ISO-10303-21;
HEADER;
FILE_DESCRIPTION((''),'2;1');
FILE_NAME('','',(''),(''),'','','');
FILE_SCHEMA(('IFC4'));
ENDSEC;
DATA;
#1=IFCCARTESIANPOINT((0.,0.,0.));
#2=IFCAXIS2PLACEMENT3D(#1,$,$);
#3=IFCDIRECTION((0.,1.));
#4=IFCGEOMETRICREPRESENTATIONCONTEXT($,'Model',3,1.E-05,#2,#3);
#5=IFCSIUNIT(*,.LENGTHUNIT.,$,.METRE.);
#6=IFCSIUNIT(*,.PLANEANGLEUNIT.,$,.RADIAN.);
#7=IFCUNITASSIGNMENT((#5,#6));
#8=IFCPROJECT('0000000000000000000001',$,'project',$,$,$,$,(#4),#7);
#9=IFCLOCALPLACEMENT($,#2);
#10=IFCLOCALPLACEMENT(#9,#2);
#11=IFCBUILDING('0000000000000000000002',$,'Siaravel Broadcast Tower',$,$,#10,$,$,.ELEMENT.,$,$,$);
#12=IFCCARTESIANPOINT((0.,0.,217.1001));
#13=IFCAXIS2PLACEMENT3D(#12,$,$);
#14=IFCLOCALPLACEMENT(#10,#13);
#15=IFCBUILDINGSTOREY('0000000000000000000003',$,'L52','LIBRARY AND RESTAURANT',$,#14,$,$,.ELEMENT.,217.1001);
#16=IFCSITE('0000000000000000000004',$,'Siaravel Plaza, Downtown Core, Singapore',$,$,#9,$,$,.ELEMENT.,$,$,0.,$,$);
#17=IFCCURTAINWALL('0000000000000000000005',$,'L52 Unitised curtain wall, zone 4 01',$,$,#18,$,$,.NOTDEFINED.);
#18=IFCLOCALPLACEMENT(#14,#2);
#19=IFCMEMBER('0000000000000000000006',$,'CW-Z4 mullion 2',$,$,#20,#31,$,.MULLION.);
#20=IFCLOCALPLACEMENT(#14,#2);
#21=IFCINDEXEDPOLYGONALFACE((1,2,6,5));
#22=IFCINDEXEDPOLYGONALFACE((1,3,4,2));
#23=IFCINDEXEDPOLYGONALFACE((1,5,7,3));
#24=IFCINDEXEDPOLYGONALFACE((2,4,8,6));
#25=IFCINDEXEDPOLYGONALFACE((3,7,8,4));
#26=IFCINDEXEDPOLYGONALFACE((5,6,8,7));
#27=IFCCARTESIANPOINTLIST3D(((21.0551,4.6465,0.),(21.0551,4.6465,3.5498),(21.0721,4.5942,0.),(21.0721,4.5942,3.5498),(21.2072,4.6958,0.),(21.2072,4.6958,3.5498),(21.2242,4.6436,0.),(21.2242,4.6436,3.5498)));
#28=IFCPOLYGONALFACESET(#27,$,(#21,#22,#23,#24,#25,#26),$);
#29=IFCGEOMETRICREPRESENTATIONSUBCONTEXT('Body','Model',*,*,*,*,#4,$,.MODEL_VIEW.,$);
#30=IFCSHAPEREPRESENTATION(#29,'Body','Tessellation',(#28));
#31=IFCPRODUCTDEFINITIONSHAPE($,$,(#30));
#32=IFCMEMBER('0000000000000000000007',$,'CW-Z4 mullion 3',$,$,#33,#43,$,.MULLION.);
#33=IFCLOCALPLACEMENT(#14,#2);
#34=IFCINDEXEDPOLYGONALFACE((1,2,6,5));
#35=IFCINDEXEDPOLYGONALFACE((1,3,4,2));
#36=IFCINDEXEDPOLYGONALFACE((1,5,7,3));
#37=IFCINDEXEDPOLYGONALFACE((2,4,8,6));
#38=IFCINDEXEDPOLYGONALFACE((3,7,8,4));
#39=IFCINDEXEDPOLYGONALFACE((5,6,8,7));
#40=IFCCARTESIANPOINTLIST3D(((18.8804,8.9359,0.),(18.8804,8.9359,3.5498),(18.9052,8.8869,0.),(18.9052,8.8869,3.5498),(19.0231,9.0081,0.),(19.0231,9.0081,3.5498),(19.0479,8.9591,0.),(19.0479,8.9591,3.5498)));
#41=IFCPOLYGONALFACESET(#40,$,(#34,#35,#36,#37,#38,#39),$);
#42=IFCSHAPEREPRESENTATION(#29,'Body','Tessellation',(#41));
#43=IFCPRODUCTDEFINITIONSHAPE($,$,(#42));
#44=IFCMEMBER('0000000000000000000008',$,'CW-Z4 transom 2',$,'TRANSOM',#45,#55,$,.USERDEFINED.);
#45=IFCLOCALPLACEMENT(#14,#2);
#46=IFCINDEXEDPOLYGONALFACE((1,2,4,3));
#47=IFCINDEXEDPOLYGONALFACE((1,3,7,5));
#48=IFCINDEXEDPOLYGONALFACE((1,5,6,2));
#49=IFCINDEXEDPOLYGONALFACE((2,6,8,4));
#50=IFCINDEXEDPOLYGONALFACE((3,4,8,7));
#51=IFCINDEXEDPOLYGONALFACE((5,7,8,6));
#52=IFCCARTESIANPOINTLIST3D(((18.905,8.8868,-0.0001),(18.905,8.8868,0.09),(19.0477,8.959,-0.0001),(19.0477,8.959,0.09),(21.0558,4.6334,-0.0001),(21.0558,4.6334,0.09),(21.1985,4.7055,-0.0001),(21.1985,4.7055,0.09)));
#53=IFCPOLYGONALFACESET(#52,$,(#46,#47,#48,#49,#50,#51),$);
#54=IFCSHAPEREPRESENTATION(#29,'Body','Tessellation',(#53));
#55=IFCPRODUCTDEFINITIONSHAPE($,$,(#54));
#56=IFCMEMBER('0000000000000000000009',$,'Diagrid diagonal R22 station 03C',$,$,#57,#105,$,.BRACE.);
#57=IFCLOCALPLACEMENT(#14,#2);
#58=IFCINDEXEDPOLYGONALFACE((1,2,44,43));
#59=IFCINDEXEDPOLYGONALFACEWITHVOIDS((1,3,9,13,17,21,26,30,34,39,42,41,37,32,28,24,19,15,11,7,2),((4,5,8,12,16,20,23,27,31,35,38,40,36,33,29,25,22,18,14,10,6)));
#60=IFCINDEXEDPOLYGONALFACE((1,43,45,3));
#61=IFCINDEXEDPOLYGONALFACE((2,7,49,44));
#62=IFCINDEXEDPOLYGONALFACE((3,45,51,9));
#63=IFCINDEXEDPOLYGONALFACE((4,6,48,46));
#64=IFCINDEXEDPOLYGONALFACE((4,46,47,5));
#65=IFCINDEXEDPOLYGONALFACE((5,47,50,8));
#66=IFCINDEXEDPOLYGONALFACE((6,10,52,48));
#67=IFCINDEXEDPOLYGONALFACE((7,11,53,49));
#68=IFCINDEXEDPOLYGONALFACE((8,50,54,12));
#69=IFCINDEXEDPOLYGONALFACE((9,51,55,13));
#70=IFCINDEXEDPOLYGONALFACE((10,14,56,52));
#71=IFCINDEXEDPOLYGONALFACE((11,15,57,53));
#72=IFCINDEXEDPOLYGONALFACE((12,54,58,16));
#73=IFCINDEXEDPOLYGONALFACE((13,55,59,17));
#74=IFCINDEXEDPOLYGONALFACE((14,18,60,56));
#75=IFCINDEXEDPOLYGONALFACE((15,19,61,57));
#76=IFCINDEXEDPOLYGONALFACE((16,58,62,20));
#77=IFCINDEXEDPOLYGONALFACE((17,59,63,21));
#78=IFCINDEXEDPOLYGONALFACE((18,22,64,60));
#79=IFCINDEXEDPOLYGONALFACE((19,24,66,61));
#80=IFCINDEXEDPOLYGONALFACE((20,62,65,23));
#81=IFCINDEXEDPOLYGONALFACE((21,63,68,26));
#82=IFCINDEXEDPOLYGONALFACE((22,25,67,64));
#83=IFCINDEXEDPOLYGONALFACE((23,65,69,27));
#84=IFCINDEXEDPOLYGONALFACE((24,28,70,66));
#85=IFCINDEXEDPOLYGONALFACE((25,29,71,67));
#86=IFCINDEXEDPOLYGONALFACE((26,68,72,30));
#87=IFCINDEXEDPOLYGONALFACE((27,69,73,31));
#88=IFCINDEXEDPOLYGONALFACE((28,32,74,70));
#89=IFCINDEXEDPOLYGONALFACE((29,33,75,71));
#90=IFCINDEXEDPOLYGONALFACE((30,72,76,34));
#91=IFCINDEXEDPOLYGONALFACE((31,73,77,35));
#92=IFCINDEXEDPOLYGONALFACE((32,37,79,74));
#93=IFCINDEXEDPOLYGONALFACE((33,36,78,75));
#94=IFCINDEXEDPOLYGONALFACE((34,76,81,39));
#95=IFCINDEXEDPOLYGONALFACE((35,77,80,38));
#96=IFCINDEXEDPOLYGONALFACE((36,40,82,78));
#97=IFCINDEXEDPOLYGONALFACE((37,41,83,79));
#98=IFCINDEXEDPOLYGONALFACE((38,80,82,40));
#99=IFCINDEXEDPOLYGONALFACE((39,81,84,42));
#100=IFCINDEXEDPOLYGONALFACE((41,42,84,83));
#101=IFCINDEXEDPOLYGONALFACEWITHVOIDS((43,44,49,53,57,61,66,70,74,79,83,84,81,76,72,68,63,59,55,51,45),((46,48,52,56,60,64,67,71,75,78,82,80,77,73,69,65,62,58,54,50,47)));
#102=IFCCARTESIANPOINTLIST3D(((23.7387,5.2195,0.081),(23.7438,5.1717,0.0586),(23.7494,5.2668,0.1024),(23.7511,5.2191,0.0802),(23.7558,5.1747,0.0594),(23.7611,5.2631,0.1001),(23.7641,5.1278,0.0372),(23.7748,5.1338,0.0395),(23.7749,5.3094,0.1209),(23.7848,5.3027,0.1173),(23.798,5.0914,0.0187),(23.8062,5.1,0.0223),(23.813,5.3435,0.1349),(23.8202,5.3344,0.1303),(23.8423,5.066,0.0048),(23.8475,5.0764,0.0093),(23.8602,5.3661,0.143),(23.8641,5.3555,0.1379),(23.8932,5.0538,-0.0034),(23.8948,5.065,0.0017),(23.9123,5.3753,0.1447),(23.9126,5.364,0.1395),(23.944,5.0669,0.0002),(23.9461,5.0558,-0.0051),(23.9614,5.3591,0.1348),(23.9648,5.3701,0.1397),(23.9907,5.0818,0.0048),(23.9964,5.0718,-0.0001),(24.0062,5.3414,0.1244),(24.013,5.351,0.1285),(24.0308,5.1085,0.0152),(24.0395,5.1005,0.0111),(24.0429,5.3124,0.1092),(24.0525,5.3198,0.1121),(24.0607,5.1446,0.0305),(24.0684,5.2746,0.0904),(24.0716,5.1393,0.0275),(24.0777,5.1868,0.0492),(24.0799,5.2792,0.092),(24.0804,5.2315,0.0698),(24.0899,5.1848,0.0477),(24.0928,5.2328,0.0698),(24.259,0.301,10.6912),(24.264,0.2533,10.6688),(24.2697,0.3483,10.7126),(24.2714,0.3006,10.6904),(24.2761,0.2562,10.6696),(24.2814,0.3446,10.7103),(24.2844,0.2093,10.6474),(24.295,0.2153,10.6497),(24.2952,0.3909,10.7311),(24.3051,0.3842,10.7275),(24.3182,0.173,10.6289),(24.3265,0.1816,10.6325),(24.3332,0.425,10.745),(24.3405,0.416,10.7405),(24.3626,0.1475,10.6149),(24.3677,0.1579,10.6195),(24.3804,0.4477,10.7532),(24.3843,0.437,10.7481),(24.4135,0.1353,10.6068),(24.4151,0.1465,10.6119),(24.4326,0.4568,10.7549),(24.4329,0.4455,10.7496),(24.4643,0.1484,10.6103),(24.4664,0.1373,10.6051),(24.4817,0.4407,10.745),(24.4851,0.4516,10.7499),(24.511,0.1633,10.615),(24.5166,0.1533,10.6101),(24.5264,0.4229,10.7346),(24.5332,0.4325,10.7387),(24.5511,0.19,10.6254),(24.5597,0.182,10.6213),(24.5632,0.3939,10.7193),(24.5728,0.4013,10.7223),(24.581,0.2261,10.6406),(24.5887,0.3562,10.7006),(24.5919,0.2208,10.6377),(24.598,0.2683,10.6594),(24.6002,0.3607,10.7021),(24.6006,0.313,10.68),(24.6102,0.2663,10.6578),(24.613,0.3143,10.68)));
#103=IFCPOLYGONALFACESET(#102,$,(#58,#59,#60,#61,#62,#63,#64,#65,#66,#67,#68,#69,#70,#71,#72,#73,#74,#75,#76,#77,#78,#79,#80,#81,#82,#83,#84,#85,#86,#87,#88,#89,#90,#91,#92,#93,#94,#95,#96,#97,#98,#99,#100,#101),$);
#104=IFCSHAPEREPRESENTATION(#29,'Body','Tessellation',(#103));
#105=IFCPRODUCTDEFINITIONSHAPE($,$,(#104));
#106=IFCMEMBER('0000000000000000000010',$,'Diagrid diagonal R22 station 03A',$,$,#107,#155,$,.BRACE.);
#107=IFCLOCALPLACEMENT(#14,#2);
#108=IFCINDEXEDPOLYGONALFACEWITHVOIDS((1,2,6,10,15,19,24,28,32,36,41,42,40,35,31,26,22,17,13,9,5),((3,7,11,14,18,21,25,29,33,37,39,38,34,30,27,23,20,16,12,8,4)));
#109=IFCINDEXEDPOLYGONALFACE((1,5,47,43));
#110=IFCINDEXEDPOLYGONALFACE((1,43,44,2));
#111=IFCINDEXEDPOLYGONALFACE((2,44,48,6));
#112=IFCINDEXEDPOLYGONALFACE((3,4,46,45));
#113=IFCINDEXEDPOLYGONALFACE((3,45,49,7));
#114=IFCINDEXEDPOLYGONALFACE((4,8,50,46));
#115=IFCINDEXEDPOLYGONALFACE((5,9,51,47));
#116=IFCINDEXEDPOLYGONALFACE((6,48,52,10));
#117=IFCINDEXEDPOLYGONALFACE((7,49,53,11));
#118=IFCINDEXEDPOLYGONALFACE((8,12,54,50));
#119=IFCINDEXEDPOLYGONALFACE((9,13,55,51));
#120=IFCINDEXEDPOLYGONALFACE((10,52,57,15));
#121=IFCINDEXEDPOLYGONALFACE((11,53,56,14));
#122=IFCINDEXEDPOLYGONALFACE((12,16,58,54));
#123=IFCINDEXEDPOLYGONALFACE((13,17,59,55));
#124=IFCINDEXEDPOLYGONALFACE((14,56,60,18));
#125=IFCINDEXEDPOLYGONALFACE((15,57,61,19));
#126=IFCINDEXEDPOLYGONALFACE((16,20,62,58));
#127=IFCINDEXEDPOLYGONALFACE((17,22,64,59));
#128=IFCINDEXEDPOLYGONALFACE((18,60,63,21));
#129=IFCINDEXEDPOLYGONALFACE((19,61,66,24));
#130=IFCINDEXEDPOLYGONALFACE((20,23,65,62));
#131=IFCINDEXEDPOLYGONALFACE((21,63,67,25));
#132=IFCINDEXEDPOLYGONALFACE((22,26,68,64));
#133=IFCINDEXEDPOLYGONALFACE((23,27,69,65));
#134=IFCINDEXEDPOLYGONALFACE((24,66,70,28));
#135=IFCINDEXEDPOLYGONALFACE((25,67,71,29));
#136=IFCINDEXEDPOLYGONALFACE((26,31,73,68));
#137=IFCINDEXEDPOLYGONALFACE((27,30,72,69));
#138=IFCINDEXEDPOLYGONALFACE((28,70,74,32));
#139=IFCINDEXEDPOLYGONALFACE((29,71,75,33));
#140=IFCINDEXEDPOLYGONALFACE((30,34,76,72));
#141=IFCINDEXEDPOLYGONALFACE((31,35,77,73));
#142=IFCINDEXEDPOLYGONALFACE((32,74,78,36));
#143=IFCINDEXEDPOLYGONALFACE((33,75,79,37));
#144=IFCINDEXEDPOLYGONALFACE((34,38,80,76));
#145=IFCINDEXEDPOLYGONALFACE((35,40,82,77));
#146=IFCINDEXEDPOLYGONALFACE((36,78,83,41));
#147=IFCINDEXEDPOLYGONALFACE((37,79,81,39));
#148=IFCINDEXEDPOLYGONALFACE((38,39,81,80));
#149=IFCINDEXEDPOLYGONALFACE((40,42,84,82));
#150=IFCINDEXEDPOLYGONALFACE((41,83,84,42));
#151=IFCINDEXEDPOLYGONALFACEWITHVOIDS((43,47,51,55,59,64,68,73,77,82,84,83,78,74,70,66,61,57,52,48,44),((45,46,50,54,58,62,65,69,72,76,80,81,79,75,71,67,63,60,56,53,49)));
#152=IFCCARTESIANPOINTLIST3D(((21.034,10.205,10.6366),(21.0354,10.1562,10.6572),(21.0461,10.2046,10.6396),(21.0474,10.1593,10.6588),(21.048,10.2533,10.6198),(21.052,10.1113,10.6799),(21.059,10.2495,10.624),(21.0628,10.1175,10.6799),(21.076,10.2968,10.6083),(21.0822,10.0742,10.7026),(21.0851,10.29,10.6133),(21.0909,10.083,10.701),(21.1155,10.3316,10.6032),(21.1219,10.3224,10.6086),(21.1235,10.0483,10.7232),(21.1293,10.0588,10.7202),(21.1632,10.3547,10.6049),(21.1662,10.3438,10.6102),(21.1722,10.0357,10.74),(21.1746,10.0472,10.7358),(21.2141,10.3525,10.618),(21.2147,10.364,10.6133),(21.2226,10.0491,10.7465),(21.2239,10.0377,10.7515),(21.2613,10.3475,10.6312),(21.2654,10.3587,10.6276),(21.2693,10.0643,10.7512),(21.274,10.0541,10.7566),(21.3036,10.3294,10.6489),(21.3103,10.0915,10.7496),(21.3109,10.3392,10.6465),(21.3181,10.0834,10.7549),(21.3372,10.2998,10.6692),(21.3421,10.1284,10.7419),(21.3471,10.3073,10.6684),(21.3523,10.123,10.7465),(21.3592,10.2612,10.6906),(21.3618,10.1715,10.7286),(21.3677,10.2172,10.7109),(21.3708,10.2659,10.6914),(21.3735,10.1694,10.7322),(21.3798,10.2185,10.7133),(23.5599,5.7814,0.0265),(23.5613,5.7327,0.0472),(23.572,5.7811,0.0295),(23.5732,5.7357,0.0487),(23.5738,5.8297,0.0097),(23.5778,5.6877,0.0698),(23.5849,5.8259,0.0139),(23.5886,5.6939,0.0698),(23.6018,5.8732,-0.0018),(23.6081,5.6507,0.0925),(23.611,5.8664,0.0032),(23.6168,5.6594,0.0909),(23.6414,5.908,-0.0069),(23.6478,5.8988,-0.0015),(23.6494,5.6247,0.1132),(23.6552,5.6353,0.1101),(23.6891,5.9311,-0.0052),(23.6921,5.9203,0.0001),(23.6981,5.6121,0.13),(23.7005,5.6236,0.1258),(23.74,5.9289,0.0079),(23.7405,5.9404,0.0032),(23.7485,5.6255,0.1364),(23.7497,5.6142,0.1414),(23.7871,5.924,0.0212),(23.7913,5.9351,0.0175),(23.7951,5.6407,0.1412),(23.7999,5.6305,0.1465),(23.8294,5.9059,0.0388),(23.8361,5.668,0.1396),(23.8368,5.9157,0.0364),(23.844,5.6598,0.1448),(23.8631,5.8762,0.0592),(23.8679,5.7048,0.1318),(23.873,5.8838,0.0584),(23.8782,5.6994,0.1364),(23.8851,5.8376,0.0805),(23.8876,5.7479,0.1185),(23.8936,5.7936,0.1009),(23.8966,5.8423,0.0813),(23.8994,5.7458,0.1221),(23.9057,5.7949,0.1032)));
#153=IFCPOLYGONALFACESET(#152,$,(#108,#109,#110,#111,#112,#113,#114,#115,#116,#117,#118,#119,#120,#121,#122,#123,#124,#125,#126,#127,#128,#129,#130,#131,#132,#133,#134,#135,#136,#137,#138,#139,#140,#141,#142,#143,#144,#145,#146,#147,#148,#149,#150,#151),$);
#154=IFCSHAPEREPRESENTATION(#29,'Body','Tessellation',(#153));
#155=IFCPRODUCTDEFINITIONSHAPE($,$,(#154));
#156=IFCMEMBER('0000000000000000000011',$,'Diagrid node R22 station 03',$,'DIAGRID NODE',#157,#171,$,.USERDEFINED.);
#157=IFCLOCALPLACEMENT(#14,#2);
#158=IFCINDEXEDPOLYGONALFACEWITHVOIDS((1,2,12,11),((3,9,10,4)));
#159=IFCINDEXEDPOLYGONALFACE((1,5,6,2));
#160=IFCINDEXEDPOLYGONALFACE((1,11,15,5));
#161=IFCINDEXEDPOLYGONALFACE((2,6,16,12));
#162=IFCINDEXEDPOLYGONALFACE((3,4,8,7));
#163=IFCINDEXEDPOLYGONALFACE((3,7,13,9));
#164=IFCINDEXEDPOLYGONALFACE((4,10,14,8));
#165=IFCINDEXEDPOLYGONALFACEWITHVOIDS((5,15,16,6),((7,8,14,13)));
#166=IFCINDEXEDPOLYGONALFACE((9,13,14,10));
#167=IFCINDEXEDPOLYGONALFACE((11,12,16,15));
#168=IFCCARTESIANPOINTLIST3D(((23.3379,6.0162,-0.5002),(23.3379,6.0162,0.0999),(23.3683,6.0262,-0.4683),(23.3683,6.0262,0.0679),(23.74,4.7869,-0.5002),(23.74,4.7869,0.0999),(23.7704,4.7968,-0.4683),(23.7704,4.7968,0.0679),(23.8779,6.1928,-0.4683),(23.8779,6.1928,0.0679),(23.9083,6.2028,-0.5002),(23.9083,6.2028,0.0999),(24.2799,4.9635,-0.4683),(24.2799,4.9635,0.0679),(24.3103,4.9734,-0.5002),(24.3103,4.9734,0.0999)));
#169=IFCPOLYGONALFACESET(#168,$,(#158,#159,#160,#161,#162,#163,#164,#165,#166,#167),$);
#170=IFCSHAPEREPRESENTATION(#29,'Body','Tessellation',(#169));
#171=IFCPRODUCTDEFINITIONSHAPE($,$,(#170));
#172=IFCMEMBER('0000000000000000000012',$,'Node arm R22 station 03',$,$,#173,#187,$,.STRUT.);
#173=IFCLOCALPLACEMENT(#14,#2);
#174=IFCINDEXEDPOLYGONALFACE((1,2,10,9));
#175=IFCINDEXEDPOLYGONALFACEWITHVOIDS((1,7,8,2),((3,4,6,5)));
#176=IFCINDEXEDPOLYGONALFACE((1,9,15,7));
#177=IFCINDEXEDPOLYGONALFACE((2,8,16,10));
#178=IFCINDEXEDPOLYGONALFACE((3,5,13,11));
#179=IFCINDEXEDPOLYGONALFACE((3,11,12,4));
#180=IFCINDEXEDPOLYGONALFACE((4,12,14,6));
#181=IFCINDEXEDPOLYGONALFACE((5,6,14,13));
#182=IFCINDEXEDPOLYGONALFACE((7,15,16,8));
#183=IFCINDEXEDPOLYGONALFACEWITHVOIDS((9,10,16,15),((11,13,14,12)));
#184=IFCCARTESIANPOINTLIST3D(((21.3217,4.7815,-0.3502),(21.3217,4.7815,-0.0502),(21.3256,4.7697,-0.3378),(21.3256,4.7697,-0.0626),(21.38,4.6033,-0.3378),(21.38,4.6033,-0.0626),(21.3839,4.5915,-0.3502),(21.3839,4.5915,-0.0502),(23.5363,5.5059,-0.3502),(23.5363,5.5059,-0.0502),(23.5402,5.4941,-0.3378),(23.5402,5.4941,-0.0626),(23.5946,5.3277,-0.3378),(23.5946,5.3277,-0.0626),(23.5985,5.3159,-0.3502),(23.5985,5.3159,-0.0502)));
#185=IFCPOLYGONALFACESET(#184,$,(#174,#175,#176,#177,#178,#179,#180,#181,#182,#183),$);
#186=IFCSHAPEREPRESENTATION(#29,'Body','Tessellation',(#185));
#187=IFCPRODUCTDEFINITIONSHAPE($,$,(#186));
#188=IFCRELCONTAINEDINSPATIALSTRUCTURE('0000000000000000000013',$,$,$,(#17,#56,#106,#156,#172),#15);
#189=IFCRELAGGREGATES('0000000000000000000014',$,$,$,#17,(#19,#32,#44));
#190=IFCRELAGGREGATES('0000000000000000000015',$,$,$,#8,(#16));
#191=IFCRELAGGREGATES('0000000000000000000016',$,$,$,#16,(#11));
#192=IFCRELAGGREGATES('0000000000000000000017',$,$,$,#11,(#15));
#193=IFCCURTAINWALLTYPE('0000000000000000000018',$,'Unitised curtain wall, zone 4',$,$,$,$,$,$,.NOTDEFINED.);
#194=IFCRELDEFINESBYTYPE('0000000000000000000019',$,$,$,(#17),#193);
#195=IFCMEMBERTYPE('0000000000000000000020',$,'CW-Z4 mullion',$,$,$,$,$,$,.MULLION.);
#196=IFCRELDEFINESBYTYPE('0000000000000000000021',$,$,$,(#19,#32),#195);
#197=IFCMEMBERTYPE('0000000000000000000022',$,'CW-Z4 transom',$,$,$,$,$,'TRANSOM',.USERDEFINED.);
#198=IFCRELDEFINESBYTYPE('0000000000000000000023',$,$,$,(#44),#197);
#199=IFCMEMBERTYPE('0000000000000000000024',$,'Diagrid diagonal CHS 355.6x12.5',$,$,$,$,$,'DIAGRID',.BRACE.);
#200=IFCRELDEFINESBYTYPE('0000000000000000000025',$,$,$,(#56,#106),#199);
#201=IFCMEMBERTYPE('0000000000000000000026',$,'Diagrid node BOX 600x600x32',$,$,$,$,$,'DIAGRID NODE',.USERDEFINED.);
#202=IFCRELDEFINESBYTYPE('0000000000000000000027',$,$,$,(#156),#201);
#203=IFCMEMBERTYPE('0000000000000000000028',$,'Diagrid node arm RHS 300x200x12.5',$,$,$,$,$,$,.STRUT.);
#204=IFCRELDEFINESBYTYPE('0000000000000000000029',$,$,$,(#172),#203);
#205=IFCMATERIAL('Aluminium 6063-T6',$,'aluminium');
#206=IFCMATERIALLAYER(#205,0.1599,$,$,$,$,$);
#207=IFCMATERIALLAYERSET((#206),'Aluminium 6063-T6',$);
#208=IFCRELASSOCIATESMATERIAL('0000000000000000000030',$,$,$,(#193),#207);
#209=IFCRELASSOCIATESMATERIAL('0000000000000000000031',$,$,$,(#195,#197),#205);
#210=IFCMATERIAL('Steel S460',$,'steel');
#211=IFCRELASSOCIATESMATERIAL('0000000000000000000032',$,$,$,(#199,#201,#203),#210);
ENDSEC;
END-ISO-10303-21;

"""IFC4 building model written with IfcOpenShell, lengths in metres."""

from ifc_helpers import new_model, si_unit, direction, frame, origin, origin_2d, place, context, subcontext, project, spatial, rectangle, hollow_rectangle, hollow_circle, extrude, material, layer, layer_set, material_profile, profile_set, type_object, element, aggregate, save


model = new_model("IFC4")

# Units and contexts
model_context = context("Model", 3, precision=1e-05, world=origin(), true_north=direction((0.0, 1.0)))
body_context = subcontext(model_context, "Body", "Model", "MODEL_VIEW")
ifc_project = project(units=[si_unit("LENGTHUNIT", "METRE"), si_unit("PLANEANGLEUNIT", "RADIAN")], contexts=[model_context])

# Site, building, storey
site_placement = place(None, origin())
site = spatial("IfcSite", under=ifc_project, at=site_placement, Name="Siaravel Plaza, Downtown Core, Singapore", CompositionType="ELEMENT", RefElevation=0.0)
building_placement = place(site_placement, origin())
building = spatial("IfcBuilding", under=site, at=building_placement, Name="Siaravel Broadcast Tower", CompositionType="ELEMENT")
storey_placement = place(building_placement, frame((0.0, 0.0, 217.1001)))
storey = spatial("IfcBuildingStorey", under=building, at=storey_placement, Name="L52", Description="LIBRARY AND RESTAURANT", CompositionType="ELEMENT", Elevation=217.1001)

# Curtain wall, members
ifc_material_1 = material(Name="Aluminium 6063-T6", Category="aluminium")
ifc_layer_1 = layer(ifc_material_1, 0.1599)
ifc_layer_set_1 = layer_set([ifc_layer_1], Name="Aluminium 6063-T6")
curtain_wall_type = type_object("IfcCurtainWallType", Name="Unitised curtain wall, zone 4", PredefinedType="NOTDEFINED", material=ifc_layer_set_1)
curtain_wall_placement = place(storey_placement, origin())
curtain_wall = element("IfcCurtainWall", 1, at=curtain_wall_placement, inside=storey, type_object=curtain_wall_type, Name="L52 Unitised curtain wall, zone 4 01", PredefinedType="NOTDEFINED")
ifc_material_profile_1 = material_profile(ifc_material_1, rectangle(XDim=0.1599, YDim=0.0549, at=origin_2d()))
ifc_profile_set_1 = profile_set([ifc_material_profile_1], Name="Aluminium 6063-T6")
member_type_1 = type_object("IfcMemberType", Name="CW-Z4 mullion", PredefinedType="MULLION", material=ifc_profile_set_1)
member_1_placement = place(storey_placement, frame((21.1396, 4.645, 0.0), z_axis=(0.0, 0.0, 1.0), x_axis=(-0.951178, -0.308644, 0.0)))
member_1 = element("IfcMember", 2, at=member_1_placement, type_object=member_type_1, Name="CW-Z4 mullion 2", PredefinedType="MULLION", context=body_context, shape_type="SweptSolid", body=[
    extrude(rectangle(XDim=0.1599, YDim=0.0549, at=origin_2d()), origin(), (0.0, 0.0, 1.0), 3.5498),
])
member_2_placement = place(storey_placement, frame((18.9641, 8.9475, 0.0), z_axis=(0.0, 0.0, 1.0), x_axis=(-0.892393, -0.45126, 0.0)))
member_2 = element("IfcMember", 3, at=member_2_placement, type_object=member_type_1, Name="CW-Z4 mullion 3", PredefinedType="MULLION", context=body_context, shape_type="SweptSolid", body=[
    extrude(rectangle(XDim=0.1599, YDim=0.0549, at=origin_2d()), origin(), (0.0, 0.0, 1.0), 3.5498),
])
ifc_material_profile_2 = material_profile(ifc_material_1, rectangle(XDim=0.1599, YDim=0.0901, at=origin_2d()))
ifc_profile_set_2 = profile_set([ifc_material_profile_2], Name="Aluminium 6063-T6")
member_type_2 = type_object("IfcMemberType", Name="CW-Z4 transom", ElementType="TRANSOM", PredefinedType="USERDEFINED", material=ifc_profile_set_2)
member_3_placement = place(storey_placement, frame((21.1272, 4.6694, 0.0449), z_axis=(-0.451266, 0.89239, 0.0), x_axis=(-0.89239, -0.451266, 0.0)))
member_3 = element("IfcMember", 4, at=member_3_placement, type_object=member_type_2, Name="CW-Z4 transom 2", ObjectType="TRANSOM", PredefinedType="USERDEFINED", context=body_context, shape_type="SweptSolid", body=[
    extrude(rectangle(XDim=0.1599, YDim=0.0901, at=origin_2d()), origin(), (0.0, 0.0, 1.0), 4.7664),
])

# Members
ifc_material_2 = material(Name="Steel S460", Category="steel")
ifc_material_profile_3 = material_profile(ifc_material_2, hollow_circle(Radius=0.1777, WallThickness=0.0125, at=origin_2d()))
ifc_profile_set_3 = profile_set([ifc_material_profile_3], Name="Steel S460")
member_type_3 = type_object("IfcMemberType", Name="Diagrid diagonal CHS 355.6x12.5", ElementType="DIAGRID", PredefinedType="BRACE", material=ifc_profile_set_3)
member_4_placement = place(storey_placement, frame((23.916, 5.2141, 0.0698), z_axis=(0.044443, -0.420157, 0.906363), x_axis=(0.994452, 0.105191, 0.0)))
element("IfcMember", 5, at=member_4_placement, inside=storey, type_object=member_type_3, Name="Diagrid diagonal R22 station 03C", PredefinedType="BRACE", context=body_context, shape_type="SweptSolid", body=[
    extrude(hollow_circle(Radius=0.1777, WallThickness=0.0125, at=origin_2d()), origin(), (0.0, 0.0, 1.0), 11.7063),
])
member_5_placement = place(storey_placement, frame((23.7322, 5.7759, 0.0698), z_axis=(-0.214611, 0.37585, 0.901487), x_axis=(-0.868402, -0.49586, 0.0)))
element("IfcMember", 6, at=member_5_placement, inside=storey, type_object=member_type_3, Name="Diagrid diagonal R22 station 03A", PredefinedType="BRACE", context=body_context, shape_type="SweptSolid", body=[
    extrude(hollow_circle(Radius=0.1777, WallThickness=0.0125, at=origin_2d()), origin(), (0.0, 0.0, 1.0), 11.7695),
])
ifc_material_profile_4 = material_profile(ifc_material_2, hollow_rectangle(XDim=0.6001, YDim=0.6001, WallThickness=0.032, at=origin_2d()))
ifc_profile_set_4 = profile_set([ifc_material_profile_4], Name="Steel S460")
member_type_4 = type_object("IfcMemberType", Name="Diagrid node BOX 600x600x32", ElementType="DIAGRID NODE", PredefinedType="USERDEFINED", material=ifc_profile_set_4)
member_6_placement = place(storey_placement, frame((24.0251, 4.8801, -0.2002), z_axis=(-0.310844, 0.950461, 0.0), x_axis=(-0.950461, -0.310844, 0.0)))
element("IfcMember", 7, at=member_6_placement, inside=storey, type_object=member_type_4, Name="Diagrid node R22 station 03", ObjectType="DIAGRID NODE", PredefinedType="USERDEFINED", context=body_context, shape_type="SweptSolid", body=[
    extrude(hollow_rectangle(XDim=0.6001, YDim=0.6001, WallThickness=0.032, at=origin_2d()), origin(), (0.0, 0.0, 1.0), 1.2935),
])
ifc_material_profile_5 = material_profile(ifc_material_2, hollow_rectangle(XDim=0.2, YDim=0.3, WallThickness=0.0125, at=origin_2d()))
ifc_profile_set_5 = profile_set([ifc_material_profile_5], Name="Steel S460")
member_type_5 = type_object("IfcMemberType", Name="Diagrid node arm RHS 300x200x12.5", PredefinedType="STRUT", material=ifc_profile_set_5)
member_7_placement = place(storey_placement, frame((21.3528, 4.6865, -0.2002), z_axis=(0.950449, 0.310879, 0.0), x_axis=(-0.310879, 0.950449, 0.0)))
element("IfcMember", 8, at=member_7_placement, inside=storey, type_object=member_type_5, Name="Node arm R22 station 03", PredefinedType="STRUT", context=body_context, shape_type="SweptSolid", body=[
    extrude(hollow_rectangle(XDim=0.2, YDim=0.3, WallThickness=0.0125, at=origin_2d()), origin(), (0.0, 0.0, 1.0), 2.3301),
])

aggregate(curtain_wall, [member_1, member_2, member_3])

save(model, "model.ifc")
